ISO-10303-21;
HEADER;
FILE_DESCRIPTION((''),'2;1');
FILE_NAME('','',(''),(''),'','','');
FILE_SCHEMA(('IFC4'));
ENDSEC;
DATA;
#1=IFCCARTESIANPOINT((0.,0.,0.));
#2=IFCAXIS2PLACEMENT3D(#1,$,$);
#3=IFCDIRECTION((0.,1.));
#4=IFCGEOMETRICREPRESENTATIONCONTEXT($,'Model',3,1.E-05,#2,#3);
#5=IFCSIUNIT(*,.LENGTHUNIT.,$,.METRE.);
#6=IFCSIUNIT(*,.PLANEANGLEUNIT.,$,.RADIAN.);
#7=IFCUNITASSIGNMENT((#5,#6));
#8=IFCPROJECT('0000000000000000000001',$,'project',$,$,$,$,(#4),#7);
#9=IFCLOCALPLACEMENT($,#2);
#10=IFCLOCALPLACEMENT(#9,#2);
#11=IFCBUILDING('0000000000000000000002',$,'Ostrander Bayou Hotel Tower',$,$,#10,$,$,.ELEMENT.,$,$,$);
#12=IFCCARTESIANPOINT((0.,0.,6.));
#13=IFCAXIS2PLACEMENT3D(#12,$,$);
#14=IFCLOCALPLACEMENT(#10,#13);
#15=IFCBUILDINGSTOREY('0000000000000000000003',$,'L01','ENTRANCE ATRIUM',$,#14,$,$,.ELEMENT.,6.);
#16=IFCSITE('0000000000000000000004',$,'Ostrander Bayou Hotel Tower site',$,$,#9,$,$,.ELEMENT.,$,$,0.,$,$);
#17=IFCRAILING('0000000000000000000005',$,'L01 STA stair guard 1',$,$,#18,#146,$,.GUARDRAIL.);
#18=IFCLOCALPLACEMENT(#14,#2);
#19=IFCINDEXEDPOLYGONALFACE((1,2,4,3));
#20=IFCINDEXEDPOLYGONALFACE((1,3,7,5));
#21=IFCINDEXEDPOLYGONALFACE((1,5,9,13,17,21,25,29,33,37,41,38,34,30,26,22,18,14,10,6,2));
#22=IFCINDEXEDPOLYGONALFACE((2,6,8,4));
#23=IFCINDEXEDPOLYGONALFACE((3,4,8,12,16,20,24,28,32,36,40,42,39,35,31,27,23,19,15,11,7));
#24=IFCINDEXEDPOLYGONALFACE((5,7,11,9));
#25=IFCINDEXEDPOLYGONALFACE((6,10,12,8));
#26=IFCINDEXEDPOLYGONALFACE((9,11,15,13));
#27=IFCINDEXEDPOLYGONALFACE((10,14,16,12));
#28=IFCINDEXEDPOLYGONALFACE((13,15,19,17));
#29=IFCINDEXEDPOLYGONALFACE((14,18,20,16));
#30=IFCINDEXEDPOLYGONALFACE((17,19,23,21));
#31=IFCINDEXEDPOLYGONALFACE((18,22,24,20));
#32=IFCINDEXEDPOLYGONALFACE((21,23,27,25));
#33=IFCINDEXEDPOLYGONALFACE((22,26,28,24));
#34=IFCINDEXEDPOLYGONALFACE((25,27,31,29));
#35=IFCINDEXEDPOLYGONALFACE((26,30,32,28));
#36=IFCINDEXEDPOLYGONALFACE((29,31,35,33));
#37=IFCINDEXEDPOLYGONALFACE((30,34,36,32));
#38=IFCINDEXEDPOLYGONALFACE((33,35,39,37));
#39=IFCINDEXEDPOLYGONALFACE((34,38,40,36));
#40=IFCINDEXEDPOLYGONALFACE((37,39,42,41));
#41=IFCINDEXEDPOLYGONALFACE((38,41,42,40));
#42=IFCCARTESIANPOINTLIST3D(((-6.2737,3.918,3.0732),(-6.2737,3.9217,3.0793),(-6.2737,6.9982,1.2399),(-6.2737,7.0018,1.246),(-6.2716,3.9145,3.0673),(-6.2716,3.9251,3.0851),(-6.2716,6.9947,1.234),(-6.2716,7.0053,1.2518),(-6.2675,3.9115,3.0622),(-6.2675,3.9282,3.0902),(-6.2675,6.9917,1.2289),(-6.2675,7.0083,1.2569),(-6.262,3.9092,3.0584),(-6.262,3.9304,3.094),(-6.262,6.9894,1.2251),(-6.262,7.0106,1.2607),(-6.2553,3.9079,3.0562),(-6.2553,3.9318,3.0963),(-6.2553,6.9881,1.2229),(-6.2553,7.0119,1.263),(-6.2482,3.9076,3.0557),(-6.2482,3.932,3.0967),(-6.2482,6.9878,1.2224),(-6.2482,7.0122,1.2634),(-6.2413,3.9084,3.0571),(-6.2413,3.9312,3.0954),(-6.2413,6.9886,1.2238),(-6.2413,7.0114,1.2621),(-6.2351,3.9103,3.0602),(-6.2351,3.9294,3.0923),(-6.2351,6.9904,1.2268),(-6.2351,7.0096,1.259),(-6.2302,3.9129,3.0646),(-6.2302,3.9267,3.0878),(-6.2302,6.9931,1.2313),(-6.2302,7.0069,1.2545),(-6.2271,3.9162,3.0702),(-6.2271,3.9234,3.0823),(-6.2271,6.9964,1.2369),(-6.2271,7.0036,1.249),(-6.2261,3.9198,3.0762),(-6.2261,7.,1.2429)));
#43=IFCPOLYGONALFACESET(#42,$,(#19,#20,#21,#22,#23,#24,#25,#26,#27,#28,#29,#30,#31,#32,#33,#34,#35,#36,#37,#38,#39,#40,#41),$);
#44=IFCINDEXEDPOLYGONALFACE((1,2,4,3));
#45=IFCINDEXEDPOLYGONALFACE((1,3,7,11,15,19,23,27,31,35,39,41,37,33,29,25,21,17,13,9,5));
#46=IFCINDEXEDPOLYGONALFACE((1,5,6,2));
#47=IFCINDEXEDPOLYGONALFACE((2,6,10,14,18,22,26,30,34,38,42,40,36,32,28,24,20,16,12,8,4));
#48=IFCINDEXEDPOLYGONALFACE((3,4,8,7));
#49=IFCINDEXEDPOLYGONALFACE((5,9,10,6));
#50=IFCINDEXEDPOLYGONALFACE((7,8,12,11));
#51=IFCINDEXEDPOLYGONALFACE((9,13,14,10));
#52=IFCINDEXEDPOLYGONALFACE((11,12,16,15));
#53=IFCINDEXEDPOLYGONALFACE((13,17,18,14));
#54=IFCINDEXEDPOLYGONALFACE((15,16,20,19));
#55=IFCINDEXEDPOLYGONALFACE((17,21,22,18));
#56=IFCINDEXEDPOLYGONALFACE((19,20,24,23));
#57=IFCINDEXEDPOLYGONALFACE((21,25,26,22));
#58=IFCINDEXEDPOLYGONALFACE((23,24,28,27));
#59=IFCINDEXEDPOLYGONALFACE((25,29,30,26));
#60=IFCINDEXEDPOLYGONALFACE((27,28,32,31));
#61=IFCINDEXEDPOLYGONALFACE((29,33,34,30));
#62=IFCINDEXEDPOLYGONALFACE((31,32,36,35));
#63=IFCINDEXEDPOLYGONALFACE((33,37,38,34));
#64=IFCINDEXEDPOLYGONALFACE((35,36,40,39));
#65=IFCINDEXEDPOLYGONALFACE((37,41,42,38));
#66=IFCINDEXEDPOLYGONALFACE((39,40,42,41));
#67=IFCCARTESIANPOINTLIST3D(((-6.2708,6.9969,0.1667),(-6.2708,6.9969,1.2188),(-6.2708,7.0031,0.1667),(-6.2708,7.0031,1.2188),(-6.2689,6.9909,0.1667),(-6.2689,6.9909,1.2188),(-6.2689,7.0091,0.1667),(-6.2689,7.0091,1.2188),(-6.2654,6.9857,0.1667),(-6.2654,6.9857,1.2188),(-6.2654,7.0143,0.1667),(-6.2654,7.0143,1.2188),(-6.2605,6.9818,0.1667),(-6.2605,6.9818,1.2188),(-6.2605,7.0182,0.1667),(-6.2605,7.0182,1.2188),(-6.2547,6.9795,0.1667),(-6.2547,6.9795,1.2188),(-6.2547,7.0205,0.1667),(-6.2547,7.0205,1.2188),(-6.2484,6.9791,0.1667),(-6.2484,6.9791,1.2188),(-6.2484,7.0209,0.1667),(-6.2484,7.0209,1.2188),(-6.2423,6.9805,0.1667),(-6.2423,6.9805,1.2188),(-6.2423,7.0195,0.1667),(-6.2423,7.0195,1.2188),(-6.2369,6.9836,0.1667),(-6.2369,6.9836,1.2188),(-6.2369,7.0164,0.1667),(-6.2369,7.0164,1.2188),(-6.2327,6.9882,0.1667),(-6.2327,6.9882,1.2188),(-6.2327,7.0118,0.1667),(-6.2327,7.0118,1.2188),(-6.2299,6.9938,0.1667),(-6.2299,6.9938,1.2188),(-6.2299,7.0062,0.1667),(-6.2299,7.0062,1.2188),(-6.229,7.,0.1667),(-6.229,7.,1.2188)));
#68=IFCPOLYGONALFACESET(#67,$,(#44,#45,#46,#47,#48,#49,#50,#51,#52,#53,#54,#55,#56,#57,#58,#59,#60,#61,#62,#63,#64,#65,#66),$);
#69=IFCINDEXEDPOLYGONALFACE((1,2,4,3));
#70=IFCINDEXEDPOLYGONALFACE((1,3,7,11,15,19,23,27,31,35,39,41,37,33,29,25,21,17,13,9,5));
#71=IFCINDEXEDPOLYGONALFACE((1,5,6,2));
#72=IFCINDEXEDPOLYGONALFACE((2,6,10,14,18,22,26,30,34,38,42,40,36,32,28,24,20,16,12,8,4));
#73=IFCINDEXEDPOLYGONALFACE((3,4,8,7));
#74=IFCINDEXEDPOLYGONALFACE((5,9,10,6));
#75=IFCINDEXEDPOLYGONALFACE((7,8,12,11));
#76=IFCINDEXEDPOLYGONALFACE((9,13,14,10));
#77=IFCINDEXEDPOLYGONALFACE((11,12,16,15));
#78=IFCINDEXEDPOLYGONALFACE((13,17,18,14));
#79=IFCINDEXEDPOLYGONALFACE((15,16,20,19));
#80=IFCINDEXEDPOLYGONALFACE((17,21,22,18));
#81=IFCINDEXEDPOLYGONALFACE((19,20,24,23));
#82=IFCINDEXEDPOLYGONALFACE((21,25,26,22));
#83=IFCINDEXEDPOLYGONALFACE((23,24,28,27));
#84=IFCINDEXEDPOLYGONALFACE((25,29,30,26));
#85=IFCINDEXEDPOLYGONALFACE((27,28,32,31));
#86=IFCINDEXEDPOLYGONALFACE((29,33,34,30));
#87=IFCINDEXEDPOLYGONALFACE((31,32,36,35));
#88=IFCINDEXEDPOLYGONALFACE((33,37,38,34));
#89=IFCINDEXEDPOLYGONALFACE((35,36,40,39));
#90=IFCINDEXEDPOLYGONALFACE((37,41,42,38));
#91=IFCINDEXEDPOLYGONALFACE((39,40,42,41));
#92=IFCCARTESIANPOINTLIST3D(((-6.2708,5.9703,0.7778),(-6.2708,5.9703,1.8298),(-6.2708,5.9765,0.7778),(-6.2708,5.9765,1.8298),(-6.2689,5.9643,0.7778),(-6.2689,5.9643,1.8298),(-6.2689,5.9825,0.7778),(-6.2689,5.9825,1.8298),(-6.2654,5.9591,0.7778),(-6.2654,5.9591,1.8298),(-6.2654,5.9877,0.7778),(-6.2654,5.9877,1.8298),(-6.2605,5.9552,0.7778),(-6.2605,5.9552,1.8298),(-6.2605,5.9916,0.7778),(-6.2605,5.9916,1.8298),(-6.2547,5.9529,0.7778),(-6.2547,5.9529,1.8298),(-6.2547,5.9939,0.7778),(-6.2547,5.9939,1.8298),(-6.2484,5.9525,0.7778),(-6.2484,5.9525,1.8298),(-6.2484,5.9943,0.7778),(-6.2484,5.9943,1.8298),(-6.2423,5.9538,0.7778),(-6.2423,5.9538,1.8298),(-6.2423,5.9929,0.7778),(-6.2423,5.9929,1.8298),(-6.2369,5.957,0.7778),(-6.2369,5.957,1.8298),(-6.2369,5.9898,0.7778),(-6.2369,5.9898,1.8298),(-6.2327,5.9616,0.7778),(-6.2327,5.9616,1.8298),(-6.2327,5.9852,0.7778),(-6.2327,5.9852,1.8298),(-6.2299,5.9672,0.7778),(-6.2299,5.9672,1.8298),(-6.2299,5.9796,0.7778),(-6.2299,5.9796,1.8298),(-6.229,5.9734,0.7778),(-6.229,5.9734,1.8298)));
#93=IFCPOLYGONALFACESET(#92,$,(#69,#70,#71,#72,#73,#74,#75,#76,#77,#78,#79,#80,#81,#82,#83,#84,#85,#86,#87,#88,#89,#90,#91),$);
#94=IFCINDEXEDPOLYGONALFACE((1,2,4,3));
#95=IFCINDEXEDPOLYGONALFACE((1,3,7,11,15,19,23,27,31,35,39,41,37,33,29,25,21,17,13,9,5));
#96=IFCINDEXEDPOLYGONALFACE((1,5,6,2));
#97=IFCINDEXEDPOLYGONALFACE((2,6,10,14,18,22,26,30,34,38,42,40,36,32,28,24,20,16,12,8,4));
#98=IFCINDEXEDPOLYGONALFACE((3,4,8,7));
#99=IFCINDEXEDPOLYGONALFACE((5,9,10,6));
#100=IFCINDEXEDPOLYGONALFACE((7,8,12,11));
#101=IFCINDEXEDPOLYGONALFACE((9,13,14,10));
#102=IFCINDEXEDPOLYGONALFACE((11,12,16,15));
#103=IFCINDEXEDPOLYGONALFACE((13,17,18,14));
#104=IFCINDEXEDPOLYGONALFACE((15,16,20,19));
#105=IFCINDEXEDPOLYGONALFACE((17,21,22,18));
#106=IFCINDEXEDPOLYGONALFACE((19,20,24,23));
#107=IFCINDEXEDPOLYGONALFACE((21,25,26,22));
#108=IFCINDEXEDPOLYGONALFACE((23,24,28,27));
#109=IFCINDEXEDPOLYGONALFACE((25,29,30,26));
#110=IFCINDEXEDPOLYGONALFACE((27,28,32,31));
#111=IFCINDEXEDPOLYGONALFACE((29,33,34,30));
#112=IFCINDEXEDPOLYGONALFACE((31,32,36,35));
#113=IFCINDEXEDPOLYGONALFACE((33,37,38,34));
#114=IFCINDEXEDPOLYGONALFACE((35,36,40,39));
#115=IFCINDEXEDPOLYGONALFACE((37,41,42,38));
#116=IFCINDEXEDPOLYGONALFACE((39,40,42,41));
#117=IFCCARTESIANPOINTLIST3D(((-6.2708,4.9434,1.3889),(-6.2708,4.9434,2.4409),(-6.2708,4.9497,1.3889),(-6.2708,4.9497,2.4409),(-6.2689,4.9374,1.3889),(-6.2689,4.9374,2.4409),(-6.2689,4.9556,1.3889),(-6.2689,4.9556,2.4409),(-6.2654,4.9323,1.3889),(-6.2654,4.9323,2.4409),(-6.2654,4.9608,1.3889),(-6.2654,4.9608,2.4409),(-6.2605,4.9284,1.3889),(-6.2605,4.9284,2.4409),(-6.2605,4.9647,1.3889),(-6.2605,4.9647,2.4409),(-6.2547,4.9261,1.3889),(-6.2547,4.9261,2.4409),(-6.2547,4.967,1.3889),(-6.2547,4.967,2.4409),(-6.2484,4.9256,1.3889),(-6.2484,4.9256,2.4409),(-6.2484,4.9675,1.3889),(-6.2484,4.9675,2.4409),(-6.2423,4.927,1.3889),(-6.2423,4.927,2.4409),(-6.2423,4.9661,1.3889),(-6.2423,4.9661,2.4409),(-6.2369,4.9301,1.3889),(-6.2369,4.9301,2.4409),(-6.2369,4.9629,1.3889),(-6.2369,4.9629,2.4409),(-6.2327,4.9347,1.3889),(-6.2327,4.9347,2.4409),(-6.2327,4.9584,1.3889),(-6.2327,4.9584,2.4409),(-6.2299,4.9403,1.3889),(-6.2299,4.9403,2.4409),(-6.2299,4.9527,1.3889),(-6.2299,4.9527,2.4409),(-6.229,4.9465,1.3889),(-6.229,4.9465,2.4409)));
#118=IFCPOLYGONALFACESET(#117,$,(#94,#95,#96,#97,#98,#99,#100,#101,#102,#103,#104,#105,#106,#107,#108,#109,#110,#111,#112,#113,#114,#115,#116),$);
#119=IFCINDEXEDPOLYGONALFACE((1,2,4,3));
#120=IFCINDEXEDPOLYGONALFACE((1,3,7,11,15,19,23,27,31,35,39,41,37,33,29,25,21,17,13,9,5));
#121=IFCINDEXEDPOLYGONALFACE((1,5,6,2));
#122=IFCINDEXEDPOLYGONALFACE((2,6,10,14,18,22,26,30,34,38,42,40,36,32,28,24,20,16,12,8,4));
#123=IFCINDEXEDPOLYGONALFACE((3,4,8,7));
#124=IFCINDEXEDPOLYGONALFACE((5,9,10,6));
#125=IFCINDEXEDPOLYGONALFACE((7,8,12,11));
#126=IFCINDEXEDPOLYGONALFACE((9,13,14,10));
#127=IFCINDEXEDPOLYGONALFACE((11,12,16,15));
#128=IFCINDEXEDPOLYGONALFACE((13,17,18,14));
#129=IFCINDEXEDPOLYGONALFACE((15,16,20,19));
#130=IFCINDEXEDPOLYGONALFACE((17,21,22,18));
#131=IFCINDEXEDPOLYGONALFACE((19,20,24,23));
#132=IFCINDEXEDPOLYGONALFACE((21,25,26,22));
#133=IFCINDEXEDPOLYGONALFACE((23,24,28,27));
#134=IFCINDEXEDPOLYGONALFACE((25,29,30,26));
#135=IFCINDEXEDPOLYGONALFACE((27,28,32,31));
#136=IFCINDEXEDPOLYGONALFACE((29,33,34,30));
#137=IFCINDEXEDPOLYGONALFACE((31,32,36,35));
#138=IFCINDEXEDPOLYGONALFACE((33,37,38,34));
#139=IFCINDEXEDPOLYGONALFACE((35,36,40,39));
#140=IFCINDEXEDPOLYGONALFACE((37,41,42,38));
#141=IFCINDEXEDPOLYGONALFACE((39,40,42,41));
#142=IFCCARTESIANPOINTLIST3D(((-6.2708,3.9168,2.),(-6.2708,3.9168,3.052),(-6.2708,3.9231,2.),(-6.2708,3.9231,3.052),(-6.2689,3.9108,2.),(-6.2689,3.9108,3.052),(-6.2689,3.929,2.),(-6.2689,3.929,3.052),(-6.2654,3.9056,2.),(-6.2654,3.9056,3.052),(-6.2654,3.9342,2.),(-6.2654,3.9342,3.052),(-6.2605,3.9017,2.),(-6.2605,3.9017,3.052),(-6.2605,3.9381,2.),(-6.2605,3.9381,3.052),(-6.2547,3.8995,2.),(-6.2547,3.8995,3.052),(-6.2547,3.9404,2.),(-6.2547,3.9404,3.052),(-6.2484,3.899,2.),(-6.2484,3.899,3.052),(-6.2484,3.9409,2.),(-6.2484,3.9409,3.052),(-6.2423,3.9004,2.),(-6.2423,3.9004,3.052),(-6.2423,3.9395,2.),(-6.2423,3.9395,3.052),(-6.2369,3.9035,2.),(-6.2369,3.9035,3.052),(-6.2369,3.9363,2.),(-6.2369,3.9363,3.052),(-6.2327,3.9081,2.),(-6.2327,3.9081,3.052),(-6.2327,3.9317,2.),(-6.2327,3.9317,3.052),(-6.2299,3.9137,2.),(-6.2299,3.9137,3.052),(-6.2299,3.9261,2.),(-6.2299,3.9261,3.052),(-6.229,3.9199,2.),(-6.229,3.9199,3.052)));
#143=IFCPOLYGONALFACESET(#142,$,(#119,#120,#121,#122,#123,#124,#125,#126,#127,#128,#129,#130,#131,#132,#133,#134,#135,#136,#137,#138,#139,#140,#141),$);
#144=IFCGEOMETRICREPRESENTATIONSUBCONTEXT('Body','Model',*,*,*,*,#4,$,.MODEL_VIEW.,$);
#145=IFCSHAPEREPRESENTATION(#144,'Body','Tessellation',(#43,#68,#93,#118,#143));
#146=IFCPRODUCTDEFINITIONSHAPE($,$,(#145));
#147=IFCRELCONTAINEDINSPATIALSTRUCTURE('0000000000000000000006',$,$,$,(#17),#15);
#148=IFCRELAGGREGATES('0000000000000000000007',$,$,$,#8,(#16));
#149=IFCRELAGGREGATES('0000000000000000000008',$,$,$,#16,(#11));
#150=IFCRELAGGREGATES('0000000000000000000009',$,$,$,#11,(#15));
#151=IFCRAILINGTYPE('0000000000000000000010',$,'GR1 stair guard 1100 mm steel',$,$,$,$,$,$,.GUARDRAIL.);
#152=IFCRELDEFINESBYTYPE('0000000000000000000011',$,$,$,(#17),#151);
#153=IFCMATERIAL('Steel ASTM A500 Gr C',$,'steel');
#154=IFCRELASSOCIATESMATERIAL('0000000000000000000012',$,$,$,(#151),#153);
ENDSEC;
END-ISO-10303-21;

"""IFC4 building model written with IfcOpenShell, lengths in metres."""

from ifc_helpers import new_model, si_unit, direction, frame, origin, origin_2d, place, context, subcontext, project, spatial, circle, extrude, material, type_object, element, save


model = new_model("IFC4")

# Units and contexts
model_context = context("Model", 3, precision=1e-05, world=origin(), true_north=direction((0.0, 1.0)))
body_context = subcontext(model_context, "Body", "Model", "MODEL_VIEW")
ifc_project = project(units=[si_unit("LENGTHUNIT", "METRE"), si_unit("PLANEANGLEUNIT", "RADIAN")], contexts=[model_context])

# Site, building, storey
site_placement = place(None, origin())
site = spatial("IfcSite", under=ifc_project, at=site_placement, Name="Ostrander Bayou Hotel Tower site", CompositionType="ELEMENT", RefElevation=0.0)
building_placement = place(site_placement, origin())
building = spatial("IfcBuilding", under=site, at=building_placement, Name="Ostrander Bayou Hotel Tower", CompositionType="ELEMENT")
storey_placement = place(building_placement, frame((0.0, 0.0, 6.0)))
storey = spatial("IfcBuildingStorey", under=building, at=storey_placement, Name="L01", Description="ENTRANCE ATRIUM", CompositionType="ELEMENT", Elevation=6.0)

# Railing
ifc_material_1 = material(Name="Steel ASTM A500 Gr C", Category="steel")
railing_type_1 = type_object("IfcRailingType", Name="GR1 stair guard 1100 mm steel", PredefinedType="GUARDRAIL", material=ifc_material_1)
railing_1_placement = place(storey_placement, frame((-6.25, 7.0, 0.1667)))
element("IfcRailing", 1, at=railing_1_placement, inside=storey, type_object=railing_type_1, Name="L01 STA stair guard 1", PredefinedType="GUARDRAIL", context=body_context, shape_type="SweptSolid", body=[
    extrude(circle(Radius=0.0239, at=origin_2d()), frame((0.0, 0.0, 1.0762), z_axis=(0.0, -0.859309, 0.511458), x_axis=(1.0, 0.0, 0.0)), (0.0, 0.0, 1.0), 3.5845),
    extrude(circle(Radius=0.021, at=origin_2d()), origin(), (0.0, 0.0, 1.0), 1.052),
    extrude(circle(Radius=0.021, at=origin_2d()), frame((0.0, -1.0266, 0.6111)), (0.0, 0.0, 1.0), 1.052),
    extrude(circle(Radius=0.021, at=origin_2d()), frame((0.0, -2.0535, 1.2222)), (0.0, 0.0, 1.0), 1.052),
    extrude(circle(Radius=0.021, at=origin_2d()), frame((0.0, -3.0801, 1.8333)), (0.0, 0.0, 1.0), 1.052),
])

save(model, "model.ifc")
